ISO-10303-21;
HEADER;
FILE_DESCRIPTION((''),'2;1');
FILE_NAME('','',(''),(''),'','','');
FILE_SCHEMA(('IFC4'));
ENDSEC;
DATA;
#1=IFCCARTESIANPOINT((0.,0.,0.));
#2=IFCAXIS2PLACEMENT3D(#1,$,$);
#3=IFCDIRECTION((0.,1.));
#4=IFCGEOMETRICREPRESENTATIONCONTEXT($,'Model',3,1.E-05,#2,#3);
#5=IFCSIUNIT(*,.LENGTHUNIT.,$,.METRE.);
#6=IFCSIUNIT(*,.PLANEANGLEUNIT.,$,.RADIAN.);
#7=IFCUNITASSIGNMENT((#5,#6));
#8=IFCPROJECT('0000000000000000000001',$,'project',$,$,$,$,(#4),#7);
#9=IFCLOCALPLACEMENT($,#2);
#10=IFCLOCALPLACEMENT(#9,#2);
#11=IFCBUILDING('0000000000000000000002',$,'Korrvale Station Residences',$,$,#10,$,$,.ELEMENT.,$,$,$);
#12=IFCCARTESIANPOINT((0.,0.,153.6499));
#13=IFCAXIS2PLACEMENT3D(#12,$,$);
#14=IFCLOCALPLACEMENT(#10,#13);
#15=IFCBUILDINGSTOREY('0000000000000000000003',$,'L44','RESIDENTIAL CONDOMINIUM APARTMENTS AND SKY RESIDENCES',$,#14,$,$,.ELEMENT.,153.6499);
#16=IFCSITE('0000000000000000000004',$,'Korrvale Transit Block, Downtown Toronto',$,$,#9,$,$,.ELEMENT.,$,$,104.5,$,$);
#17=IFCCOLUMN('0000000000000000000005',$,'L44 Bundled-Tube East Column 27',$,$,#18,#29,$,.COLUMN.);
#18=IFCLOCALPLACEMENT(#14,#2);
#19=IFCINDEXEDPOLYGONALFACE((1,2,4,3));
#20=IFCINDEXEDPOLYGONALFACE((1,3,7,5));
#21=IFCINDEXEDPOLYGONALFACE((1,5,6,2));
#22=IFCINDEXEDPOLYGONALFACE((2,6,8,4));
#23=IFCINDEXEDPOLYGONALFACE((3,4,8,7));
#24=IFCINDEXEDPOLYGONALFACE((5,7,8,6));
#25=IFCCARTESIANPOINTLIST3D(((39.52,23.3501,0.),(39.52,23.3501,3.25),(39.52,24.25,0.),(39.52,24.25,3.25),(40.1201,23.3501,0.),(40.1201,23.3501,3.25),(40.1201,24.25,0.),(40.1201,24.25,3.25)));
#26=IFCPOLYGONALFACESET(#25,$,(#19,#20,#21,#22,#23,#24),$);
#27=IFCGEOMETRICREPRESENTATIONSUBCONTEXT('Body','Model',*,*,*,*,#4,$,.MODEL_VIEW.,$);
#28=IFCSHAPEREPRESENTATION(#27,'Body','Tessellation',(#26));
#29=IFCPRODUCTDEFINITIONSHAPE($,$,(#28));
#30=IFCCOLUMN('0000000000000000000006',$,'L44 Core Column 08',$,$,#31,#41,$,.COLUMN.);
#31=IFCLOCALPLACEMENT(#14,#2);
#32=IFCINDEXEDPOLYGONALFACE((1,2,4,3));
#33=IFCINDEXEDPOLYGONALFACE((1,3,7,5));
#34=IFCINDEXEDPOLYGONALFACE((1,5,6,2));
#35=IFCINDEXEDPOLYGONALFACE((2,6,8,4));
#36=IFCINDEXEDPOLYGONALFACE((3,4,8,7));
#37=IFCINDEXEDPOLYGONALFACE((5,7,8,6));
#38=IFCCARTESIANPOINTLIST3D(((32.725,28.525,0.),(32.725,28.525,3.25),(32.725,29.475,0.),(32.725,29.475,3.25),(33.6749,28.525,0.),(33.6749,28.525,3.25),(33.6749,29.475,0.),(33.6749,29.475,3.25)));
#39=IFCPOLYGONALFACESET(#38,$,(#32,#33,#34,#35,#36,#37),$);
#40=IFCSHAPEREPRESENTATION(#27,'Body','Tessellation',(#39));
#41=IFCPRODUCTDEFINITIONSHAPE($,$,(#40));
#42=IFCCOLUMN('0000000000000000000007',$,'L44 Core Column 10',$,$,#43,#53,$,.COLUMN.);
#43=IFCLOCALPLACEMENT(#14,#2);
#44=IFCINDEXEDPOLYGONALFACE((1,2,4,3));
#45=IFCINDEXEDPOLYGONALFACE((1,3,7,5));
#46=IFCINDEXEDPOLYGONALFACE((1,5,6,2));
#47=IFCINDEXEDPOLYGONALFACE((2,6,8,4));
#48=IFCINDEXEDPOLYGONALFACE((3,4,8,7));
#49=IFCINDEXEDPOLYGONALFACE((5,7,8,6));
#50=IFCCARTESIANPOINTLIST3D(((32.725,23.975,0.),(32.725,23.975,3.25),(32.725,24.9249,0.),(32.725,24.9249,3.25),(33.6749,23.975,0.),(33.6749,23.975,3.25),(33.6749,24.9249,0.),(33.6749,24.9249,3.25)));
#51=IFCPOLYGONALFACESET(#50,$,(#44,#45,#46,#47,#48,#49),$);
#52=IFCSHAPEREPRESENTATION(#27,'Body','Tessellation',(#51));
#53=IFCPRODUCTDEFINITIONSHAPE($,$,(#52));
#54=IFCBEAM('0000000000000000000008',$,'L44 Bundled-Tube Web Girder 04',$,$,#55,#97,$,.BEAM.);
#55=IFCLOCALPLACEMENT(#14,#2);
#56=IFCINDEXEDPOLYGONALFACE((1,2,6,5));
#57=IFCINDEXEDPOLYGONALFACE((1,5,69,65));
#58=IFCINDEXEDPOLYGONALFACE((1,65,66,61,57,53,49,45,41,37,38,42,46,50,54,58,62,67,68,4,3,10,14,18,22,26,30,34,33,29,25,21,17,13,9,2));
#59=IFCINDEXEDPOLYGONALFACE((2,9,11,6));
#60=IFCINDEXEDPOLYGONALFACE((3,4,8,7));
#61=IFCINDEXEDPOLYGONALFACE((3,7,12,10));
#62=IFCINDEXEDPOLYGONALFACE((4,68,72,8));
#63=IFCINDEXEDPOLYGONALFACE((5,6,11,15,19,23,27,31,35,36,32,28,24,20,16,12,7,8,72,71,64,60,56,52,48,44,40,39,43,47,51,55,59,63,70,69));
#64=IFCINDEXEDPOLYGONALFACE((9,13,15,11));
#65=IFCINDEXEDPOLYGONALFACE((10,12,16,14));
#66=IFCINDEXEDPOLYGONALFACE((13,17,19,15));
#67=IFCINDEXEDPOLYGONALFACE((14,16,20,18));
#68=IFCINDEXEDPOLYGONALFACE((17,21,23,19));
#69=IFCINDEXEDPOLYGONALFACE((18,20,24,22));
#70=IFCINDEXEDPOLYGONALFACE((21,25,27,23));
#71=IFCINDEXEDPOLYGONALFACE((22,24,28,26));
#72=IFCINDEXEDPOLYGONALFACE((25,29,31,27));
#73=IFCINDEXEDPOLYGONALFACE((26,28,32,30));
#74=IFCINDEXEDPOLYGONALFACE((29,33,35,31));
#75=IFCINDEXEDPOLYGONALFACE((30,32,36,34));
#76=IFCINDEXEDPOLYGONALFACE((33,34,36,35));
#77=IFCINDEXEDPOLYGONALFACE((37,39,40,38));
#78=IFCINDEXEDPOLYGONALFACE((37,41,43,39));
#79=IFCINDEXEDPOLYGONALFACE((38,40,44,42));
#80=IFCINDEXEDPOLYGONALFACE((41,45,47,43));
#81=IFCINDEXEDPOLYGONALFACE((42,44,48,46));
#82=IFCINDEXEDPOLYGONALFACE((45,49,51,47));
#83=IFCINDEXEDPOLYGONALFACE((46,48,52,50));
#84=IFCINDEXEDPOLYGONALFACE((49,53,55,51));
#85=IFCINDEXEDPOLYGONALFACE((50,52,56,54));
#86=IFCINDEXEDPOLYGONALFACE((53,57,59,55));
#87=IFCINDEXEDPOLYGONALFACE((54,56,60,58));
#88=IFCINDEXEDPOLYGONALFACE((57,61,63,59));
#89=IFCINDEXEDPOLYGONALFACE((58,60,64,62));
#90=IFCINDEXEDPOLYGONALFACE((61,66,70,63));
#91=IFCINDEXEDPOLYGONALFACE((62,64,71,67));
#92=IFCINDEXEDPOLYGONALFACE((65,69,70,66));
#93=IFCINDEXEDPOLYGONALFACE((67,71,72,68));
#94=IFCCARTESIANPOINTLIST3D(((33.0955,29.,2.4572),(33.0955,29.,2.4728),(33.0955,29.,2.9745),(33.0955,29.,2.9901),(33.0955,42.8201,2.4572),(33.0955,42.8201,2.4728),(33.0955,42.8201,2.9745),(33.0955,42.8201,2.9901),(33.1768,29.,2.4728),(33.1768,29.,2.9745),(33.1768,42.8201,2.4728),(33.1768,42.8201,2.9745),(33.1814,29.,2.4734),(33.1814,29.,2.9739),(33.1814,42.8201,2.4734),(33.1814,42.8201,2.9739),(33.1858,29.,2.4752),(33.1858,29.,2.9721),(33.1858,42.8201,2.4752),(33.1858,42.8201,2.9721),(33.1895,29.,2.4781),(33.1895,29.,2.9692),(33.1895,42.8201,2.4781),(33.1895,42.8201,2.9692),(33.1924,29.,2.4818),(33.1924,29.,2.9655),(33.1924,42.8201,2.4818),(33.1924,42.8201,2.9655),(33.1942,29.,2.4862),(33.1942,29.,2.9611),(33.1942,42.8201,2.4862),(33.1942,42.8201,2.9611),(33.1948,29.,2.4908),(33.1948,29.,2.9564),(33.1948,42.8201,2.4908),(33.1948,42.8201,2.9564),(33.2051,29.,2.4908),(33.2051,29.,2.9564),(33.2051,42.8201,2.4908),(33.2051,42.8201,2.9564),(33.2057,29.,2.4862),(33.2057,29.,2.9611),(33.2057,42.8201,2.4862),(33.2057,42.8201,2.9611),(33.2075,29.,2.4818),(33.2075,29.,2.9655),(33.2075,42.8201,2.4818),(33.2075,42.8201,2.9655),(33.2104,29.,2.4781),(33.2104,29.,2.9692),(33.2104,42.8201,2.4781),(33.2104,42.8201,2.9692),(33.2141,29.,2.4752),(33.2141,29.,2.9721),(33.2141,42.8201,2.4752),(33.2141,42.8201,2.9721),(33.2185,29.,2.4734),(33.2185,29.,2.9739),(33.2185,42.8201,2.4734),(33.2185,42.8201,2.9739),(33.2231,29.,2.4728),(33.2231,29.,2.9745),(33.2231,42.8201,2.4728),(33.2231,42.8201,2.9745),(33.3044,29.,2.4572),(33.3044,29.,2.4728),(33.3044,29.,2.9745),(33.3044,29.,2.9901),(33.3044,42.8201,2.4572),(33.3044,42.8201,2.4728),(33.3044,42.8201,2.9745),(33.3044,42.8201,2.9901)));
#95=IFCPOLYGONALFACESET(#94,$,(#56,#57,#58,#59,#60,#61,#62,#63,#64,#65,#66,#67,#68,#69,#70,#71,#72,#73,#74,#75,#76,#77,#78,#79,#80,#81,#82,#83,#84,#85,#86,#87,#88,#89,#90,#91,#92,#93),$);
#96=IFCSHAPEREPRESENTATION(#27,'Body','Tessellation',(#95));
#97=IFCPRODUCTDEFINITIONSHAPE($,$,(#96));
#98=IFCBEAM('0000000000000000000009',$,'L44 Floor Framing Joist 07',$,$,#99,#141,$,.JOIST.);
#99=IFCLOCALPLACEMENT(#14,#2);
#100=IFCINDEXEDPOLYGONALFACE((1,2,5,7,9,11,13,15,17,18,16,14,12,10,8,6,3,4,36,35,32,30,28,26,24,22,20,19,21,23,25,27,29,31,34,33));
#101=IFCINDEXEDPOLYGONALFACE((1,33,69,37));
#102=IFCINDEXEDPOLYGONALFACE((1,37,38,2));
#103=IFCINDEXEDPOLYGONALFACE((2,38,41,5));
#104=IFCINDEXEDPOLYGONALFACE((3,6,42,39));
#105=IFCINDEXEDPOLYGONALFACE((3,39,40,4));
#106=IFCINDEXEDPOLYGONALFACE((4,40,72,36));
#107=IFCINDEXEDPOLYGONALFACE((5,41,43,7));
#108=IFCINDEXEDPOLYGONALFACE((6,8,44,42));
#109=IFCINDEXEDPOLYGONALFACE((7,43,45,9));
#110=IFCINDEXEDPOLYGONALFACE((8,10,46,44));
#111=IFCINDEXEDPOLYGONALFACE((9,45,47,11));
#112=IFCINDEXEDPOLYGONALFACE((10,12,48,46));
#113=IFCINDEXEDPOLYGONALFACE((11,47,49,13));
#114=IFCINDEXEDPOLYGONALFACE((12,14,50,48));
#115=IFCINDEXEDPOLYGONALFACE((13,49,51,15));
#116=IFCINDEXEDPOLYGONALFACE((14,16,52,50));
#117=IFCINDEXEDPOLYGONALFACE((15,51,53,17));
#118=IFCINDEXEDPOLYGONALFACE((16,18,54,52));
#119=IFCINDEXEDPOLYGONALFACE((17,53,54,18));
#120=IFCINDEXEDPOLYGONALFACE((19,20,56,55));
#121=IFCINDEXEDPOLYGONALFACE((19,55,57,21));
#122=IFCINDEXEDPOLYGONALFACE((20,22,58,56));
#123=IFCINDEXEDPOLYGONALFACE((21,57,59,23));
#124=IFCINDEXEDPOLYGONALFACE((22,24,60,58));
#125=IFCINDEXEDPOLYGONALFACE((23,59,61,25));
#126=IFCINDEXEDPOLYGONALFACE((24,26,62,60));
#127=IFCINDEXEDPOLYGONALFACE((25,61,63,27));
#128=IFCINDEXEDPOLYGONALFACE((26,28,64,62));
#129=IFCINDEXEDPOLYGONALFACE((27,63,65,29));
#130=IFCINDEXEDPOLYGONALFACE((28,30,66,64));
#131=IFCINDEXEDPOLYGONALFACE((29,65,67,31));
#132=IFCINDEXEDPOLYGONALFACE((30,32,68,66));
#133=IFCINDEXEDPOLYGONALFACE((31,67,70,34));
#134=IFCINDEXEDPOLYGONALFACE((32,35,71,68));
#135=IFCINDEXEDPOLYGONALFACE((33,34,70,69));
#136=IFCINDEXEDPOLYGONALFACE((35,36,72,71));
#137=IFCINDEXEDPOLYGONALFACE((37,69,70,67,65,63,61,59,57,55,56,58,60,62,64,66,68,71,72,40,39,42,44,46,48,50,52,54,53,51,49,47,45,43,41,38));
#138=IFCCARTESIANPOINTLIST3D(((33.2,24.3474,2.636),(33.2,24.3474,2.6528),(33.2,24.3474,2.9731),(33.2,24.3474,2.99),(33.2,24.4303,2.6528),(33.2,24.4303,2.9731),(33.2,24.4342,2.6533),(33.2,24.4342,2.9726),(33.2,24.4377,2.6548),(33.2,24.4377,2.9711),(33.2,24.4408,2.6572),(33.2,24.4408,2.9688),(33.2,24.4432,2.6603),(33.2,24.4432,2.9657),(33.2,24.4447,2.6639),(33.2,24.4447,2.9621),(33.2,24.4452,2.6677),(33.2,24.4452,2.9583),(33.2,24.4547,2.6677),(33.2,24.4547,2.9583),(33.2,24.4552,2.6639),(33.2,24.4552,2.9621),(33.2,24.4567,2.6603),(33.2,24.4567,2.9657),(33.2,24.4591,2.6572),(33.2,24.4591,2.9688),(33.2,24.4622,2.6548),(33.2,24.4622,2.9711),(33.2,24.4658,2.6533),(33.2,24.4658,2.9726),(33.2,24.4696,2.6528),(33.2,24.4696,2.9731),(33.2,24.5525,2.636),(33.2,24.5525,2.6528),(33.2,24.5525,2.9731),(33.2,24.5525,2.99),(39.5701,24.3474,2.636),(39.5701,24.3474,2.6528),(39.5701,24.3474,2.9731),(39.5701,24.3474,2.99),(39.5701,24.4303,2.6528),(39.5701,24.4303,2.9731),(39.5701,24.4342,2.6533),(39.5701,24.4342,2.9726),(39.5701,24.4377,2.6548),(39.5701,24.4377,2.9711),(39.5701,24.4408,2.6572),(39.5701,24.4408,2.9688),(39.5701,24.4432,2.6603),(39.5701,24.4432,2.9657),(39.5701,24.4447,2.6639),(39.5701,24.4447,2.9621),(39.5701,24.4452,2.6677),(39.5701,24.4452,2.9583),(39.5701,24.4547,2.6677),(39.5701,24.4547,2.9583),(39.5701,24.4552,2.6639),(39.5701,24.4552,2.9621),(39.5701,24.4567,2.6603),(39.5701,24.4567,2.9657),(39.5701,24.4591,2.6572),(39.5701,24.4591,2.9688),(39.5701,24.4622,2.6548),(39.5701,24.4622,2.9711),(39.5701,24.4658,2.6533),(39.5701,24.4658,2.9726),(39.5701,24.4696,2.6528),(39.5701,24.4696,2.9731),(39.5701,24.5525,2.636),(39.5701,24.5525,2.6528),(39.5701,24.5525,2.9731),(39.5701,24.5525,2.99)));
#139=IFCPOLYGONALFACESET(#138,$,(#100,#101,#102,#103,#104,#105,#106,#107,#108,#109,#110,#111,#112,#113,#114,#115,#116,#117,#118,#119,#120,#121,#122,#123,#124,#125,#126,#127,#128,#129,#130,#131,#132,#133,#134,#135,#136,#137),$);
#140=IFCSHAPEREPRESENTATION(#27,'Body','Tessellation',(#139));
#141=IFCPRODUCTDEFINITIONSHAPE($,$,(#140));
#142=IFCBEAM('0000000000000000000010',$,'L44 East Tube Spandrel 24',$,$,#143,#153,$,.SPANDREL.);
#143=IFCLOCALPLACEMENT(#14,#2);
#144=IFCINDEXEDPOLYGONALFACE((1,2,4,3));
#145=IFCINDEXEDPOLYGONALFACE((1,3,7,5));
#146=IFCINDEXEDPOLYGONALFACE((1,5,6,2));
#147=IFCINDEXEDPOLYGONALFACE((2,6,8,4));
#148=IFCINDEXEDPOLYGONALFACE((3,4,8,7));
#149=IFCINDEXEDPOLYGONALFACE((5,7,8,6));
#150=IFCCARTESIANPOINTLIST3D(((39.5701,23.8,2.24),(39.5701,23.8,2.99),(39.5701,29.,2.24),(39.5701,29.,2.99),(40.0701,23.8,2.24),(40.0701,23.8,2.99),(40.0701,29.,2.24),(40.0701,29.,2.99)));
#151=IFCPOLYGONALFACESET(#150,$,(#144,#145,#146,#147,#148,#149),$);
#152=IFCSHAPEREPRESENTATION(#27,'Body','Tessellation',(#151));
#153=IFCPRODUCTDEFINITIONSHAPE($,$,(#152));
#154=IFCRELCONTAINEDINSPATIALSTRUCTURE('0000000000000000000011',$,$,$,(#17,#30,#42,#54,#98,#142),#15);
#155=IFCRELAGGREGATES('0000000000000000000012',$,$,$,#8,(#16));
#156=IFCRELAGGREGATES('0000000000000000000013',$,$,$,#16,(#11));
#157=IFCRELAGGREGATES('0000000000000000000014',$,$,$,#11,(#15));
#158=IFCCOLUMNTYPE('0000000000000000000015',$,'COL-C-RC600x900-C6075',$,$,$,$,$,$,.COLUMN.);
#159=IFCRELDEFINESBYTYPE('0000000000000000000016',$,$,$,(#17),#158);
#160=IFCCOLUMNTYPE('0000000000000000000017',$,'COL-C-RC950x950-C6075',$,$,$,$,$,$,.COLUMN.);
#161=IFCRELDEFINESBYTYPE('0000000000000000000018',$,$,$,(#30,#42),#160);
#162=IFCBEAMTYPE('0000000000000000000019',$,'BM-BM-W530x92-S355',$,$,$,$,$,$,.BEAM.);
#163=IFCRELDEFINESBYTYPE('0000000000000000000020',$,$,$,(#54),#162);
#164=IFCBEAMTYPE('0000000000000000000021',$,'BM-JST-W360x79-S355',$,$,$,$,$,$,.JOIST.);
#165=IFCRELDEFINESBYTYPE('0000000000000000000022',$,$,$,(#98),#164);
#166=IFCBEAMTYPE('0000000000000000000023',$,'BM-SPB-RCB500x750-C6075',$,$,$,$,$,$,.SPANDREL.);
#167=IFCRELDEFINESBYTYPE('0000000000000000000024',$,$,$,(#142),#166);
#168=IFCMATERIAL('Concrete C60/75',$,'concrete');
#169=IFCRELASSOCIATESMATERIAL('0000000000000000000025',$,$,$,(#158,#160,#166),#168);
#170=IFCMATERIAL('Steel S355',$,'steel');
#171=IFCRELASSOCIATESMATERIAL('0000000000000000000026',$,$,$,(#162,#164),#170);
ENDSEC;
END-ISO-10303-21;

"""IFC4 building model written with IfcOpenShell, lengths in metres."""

from ifc_helpers import new_model, si_unit, direction, frame, origin, origin_2d, place, context, subcontext, project, spatial, rectangle, i_section, extrude, material, material_profile, profile_set, type_object, element, save


model = new_model("IFC4")

# Units and contexts
model_context = context("Model", 3, precision=1e-05, world=origin(), true_north=direction((0.0, 1.0)))
body_context = subcontext(model_context, "Body", "Model", "MODEL_VIEW")
ifc_project = project(units=[si_unit("LENGTHUNIT", "METRE"), si_unit("PLANEANGLEUNIT", "RADIAN")], contexts=[model_context])

# Site, building, storey
site_placement = place(None, origin())
site = spatial("IfcSite", under=ifc_project, at=site_placement, Name="Korrvale Transit Block, Downtown Toronto", CompositionType="ELEMENT", RefElevation=104.5)
building_placement = place(site_placement, origin())
building = spatial("IfcBuilding", under=site, at=building_placement, Name="Korrvale Station Residences", CompositionType="ELEMENT")
storey_placement = place(building_placement, frame((0.0, 0.0, 153.6499)))
storey = spatial("IfcBuildingStorey", under=building, at=storey_placement, Name="L44", Description="RESIDENTIAL CONDOMINIUM APARTMENTS AND SKY RESIDENCES", CompositionType="ELEMENT", Elevation=153.6499)

# Columns
ifc_material_1 = material(Name="Concrete C60/75", Category="concrete")
ifc_material_profile_1 = material_profile(ifc_material_1, rectangle(XDim=0.6001, YDim=0.8999, at=origin_2d()), Name="RC600x900")
ifc_profile_set_1 = profile_set([ifc_material_profile_1], Name="Concrete C60/75")
column_type_1 = type_object("IfcColumnType", Name="COL-C-RC600x900-C6075", PredefinedType="COLUMN", material=ifc_profile_set_1)
column_placement = place(storey_placement, frame((39.8201, 23.8, 0.0), z_axis=(0.0, 0.0, 1.0), x_axis=(1.0, 0.0, 0.0)))
element("IfcColumn", 1, at=column_placement, inside=storey, type_object=column_type_1, Name="L44 Bundled-Tube East Column 27", PredefinedType="COLUMN", context=body_context, shape_type="SweptSolid", body=[
    extrude(rectangle(XDim=0.6001, YDim=0.8999, at=origin_2d()), origin(), (0.0, 0.0, 1.0), 3.25),
])
ifc_material_profile_2 = material_profile(ifc_material_1, rectangle(XDim=0.95, YDim=0.95, at=origin_2d()), Name="RC950x950")
ifc_profile_set_2 = profile_set([ifc_material_profile_2], Name="Concrete C60/75")
column_type_2 = type_object("IfcColumnType", Name="COL-C-RC950x950-C6075", PredefinedType="COLUMN", material=ifc_profile_set_2)
for number, where, z_axis, x_axis, name in (
    (2, (33.2, 29.0, 0.0), (0.0, 0.0, 1.0), (1.0, 0.0, 0.0), "L44 Core Column 08"),
    (3, (33.2, 24.45, 0.0), (0.0, 0.0, 1.0), (1.0, 0.0, 0.0), "L44 Core Column 10"),
):
    element("IfcColumn", number, at=place(storey_placement, frame(where, z_axis=z_axis, x_axis=x_axis)), inside=storey, type_object=column_type_2, Name=name, PredefinedType="COLUMN", context=body_context, shape_type="SweptSolid", body=[
        extrude(rectangle(XDim=0.95, YDim=0.95, at=origin_2d()), origin(), (0.0, 0.0, 1.0), 3.25),
    ])

# Beams
ifc_material_2 = material(Name="Steel S355", Category="steel")
ifc_material_profile_3 = material_profile(ifc_material_2, i_section(OverallWidth=0.209, OverallDepth=0.533, WebThickness=0.0103, FlangeThickness=0.0156, FilletRadius=0.0181, at=origin_2d()), Name="W530x92")
ifc_profile_set_3 = profile_set([ifc_material_profile_3], Name="Steel S355")
beam_type_1 = type_object("IfcBeamType", Name="BM-BM-W530x92-S355", PredefinedType="BEAM", material=ifc_profile_set_3)
beam_1_placement = place(storey_placement, frame((33.2, 29.0, 2.7236), z_axis=(0.0, 1.0, 0.0), x_axis=(-1.0, 0.0, 0.0)))
element("IfcBeam", 4, at=beam_1_placement, inside=storey, type_object=beam_type_1, Name="L44 Bundled-Tube Web Girder 04", PredefinedType="BEAM", context=body_context, shape_type="SweptSolid", body=[
    extrude(i_section(OverallWidth=0.209, OverallDepth=0.533, WebThickness=0.0103, FlangeThickness=0.0156, FilletRadius=0.0181, at=origin_2d()), origin(), (0.0, 0.0, 1.0), 13.8201),
])
ifc_material_profile_4 = material_profile(ifc_material_2, i_section(OverallWidth=0.2051, OverallDepth=0.354, WebThickness=0.0095, FlangeThickness=0.0168, FilletRadius=0.0149, at=origin_2d()), Name="W360x79")
ifc_profile_set_4 = profile_set([ifc_material_profile_4], Name="Steel S355")
beam_type_2 = type_object("IfcBeamType", Name="BM-JST-W360x79-S355", PredefinedType="JOIST", material=ifc_profile_set_4)
beam_2_placement = place(storey_placement, frame((33.2, 24.45, 2.813), z_axis=(1.0, 0.0, 0.0), x_axis=(0.0, 1.0, 0.0)))
element("IfcBeam", 5, at=beam_2_placement, inside=storey, type_object=beam_type_2, Name="L44 Floor Framing Joist 07", PredefinedType="JOIST", context=body_context, shape_type="SweptSolid", body=[
    extrude(i_section(OverallWidth=0.2051, OverallDepth=0.354, WebThickness=0.0095, FlangeThickness=0.0168, FilletRadius=0.0149, at=origin_2d()), origin(), (0.0, 0.0, 1.0), 6.3701),
])
ifc_material_profile_5 = material_profile(ifc_material_1, rectangle(XDim=0.5, YDim=0.75, at=origin_2d()), Name="RCB500x750")
ifc_profile_set_5 = profile_set([ifc_material_profile_5], Name="Concrete C60/75")
beam_type_3 = type_object("IfcBeamType", Name="BM-SPB-RCB500x750-C6075", PredefinedType="SPANDREL", material=ifc_profile_set_5)
beam_3_placement = place(storey_placement, frame((39.8201, 23.8, 2.615), z_axis=(0.0, 1.0, 0.0), x_axis=(-1.0, 0.0, 0.0)))
element("IfcBeam", 6, at=beam_3_placement, inside=storey, type_object=beam_type_3, Name="L44 East Tube Spandrel 24", PredefinedType="SPANDREL", context=body_context, shape_type="SweptSolid", body=[
    extrude(rectangle(XDim=0.5, YDim=0.75, at=origin_2d()), origin(), (0.0, 0.0, 1.0), 5.2),
])

save(model, "model.ifc")
